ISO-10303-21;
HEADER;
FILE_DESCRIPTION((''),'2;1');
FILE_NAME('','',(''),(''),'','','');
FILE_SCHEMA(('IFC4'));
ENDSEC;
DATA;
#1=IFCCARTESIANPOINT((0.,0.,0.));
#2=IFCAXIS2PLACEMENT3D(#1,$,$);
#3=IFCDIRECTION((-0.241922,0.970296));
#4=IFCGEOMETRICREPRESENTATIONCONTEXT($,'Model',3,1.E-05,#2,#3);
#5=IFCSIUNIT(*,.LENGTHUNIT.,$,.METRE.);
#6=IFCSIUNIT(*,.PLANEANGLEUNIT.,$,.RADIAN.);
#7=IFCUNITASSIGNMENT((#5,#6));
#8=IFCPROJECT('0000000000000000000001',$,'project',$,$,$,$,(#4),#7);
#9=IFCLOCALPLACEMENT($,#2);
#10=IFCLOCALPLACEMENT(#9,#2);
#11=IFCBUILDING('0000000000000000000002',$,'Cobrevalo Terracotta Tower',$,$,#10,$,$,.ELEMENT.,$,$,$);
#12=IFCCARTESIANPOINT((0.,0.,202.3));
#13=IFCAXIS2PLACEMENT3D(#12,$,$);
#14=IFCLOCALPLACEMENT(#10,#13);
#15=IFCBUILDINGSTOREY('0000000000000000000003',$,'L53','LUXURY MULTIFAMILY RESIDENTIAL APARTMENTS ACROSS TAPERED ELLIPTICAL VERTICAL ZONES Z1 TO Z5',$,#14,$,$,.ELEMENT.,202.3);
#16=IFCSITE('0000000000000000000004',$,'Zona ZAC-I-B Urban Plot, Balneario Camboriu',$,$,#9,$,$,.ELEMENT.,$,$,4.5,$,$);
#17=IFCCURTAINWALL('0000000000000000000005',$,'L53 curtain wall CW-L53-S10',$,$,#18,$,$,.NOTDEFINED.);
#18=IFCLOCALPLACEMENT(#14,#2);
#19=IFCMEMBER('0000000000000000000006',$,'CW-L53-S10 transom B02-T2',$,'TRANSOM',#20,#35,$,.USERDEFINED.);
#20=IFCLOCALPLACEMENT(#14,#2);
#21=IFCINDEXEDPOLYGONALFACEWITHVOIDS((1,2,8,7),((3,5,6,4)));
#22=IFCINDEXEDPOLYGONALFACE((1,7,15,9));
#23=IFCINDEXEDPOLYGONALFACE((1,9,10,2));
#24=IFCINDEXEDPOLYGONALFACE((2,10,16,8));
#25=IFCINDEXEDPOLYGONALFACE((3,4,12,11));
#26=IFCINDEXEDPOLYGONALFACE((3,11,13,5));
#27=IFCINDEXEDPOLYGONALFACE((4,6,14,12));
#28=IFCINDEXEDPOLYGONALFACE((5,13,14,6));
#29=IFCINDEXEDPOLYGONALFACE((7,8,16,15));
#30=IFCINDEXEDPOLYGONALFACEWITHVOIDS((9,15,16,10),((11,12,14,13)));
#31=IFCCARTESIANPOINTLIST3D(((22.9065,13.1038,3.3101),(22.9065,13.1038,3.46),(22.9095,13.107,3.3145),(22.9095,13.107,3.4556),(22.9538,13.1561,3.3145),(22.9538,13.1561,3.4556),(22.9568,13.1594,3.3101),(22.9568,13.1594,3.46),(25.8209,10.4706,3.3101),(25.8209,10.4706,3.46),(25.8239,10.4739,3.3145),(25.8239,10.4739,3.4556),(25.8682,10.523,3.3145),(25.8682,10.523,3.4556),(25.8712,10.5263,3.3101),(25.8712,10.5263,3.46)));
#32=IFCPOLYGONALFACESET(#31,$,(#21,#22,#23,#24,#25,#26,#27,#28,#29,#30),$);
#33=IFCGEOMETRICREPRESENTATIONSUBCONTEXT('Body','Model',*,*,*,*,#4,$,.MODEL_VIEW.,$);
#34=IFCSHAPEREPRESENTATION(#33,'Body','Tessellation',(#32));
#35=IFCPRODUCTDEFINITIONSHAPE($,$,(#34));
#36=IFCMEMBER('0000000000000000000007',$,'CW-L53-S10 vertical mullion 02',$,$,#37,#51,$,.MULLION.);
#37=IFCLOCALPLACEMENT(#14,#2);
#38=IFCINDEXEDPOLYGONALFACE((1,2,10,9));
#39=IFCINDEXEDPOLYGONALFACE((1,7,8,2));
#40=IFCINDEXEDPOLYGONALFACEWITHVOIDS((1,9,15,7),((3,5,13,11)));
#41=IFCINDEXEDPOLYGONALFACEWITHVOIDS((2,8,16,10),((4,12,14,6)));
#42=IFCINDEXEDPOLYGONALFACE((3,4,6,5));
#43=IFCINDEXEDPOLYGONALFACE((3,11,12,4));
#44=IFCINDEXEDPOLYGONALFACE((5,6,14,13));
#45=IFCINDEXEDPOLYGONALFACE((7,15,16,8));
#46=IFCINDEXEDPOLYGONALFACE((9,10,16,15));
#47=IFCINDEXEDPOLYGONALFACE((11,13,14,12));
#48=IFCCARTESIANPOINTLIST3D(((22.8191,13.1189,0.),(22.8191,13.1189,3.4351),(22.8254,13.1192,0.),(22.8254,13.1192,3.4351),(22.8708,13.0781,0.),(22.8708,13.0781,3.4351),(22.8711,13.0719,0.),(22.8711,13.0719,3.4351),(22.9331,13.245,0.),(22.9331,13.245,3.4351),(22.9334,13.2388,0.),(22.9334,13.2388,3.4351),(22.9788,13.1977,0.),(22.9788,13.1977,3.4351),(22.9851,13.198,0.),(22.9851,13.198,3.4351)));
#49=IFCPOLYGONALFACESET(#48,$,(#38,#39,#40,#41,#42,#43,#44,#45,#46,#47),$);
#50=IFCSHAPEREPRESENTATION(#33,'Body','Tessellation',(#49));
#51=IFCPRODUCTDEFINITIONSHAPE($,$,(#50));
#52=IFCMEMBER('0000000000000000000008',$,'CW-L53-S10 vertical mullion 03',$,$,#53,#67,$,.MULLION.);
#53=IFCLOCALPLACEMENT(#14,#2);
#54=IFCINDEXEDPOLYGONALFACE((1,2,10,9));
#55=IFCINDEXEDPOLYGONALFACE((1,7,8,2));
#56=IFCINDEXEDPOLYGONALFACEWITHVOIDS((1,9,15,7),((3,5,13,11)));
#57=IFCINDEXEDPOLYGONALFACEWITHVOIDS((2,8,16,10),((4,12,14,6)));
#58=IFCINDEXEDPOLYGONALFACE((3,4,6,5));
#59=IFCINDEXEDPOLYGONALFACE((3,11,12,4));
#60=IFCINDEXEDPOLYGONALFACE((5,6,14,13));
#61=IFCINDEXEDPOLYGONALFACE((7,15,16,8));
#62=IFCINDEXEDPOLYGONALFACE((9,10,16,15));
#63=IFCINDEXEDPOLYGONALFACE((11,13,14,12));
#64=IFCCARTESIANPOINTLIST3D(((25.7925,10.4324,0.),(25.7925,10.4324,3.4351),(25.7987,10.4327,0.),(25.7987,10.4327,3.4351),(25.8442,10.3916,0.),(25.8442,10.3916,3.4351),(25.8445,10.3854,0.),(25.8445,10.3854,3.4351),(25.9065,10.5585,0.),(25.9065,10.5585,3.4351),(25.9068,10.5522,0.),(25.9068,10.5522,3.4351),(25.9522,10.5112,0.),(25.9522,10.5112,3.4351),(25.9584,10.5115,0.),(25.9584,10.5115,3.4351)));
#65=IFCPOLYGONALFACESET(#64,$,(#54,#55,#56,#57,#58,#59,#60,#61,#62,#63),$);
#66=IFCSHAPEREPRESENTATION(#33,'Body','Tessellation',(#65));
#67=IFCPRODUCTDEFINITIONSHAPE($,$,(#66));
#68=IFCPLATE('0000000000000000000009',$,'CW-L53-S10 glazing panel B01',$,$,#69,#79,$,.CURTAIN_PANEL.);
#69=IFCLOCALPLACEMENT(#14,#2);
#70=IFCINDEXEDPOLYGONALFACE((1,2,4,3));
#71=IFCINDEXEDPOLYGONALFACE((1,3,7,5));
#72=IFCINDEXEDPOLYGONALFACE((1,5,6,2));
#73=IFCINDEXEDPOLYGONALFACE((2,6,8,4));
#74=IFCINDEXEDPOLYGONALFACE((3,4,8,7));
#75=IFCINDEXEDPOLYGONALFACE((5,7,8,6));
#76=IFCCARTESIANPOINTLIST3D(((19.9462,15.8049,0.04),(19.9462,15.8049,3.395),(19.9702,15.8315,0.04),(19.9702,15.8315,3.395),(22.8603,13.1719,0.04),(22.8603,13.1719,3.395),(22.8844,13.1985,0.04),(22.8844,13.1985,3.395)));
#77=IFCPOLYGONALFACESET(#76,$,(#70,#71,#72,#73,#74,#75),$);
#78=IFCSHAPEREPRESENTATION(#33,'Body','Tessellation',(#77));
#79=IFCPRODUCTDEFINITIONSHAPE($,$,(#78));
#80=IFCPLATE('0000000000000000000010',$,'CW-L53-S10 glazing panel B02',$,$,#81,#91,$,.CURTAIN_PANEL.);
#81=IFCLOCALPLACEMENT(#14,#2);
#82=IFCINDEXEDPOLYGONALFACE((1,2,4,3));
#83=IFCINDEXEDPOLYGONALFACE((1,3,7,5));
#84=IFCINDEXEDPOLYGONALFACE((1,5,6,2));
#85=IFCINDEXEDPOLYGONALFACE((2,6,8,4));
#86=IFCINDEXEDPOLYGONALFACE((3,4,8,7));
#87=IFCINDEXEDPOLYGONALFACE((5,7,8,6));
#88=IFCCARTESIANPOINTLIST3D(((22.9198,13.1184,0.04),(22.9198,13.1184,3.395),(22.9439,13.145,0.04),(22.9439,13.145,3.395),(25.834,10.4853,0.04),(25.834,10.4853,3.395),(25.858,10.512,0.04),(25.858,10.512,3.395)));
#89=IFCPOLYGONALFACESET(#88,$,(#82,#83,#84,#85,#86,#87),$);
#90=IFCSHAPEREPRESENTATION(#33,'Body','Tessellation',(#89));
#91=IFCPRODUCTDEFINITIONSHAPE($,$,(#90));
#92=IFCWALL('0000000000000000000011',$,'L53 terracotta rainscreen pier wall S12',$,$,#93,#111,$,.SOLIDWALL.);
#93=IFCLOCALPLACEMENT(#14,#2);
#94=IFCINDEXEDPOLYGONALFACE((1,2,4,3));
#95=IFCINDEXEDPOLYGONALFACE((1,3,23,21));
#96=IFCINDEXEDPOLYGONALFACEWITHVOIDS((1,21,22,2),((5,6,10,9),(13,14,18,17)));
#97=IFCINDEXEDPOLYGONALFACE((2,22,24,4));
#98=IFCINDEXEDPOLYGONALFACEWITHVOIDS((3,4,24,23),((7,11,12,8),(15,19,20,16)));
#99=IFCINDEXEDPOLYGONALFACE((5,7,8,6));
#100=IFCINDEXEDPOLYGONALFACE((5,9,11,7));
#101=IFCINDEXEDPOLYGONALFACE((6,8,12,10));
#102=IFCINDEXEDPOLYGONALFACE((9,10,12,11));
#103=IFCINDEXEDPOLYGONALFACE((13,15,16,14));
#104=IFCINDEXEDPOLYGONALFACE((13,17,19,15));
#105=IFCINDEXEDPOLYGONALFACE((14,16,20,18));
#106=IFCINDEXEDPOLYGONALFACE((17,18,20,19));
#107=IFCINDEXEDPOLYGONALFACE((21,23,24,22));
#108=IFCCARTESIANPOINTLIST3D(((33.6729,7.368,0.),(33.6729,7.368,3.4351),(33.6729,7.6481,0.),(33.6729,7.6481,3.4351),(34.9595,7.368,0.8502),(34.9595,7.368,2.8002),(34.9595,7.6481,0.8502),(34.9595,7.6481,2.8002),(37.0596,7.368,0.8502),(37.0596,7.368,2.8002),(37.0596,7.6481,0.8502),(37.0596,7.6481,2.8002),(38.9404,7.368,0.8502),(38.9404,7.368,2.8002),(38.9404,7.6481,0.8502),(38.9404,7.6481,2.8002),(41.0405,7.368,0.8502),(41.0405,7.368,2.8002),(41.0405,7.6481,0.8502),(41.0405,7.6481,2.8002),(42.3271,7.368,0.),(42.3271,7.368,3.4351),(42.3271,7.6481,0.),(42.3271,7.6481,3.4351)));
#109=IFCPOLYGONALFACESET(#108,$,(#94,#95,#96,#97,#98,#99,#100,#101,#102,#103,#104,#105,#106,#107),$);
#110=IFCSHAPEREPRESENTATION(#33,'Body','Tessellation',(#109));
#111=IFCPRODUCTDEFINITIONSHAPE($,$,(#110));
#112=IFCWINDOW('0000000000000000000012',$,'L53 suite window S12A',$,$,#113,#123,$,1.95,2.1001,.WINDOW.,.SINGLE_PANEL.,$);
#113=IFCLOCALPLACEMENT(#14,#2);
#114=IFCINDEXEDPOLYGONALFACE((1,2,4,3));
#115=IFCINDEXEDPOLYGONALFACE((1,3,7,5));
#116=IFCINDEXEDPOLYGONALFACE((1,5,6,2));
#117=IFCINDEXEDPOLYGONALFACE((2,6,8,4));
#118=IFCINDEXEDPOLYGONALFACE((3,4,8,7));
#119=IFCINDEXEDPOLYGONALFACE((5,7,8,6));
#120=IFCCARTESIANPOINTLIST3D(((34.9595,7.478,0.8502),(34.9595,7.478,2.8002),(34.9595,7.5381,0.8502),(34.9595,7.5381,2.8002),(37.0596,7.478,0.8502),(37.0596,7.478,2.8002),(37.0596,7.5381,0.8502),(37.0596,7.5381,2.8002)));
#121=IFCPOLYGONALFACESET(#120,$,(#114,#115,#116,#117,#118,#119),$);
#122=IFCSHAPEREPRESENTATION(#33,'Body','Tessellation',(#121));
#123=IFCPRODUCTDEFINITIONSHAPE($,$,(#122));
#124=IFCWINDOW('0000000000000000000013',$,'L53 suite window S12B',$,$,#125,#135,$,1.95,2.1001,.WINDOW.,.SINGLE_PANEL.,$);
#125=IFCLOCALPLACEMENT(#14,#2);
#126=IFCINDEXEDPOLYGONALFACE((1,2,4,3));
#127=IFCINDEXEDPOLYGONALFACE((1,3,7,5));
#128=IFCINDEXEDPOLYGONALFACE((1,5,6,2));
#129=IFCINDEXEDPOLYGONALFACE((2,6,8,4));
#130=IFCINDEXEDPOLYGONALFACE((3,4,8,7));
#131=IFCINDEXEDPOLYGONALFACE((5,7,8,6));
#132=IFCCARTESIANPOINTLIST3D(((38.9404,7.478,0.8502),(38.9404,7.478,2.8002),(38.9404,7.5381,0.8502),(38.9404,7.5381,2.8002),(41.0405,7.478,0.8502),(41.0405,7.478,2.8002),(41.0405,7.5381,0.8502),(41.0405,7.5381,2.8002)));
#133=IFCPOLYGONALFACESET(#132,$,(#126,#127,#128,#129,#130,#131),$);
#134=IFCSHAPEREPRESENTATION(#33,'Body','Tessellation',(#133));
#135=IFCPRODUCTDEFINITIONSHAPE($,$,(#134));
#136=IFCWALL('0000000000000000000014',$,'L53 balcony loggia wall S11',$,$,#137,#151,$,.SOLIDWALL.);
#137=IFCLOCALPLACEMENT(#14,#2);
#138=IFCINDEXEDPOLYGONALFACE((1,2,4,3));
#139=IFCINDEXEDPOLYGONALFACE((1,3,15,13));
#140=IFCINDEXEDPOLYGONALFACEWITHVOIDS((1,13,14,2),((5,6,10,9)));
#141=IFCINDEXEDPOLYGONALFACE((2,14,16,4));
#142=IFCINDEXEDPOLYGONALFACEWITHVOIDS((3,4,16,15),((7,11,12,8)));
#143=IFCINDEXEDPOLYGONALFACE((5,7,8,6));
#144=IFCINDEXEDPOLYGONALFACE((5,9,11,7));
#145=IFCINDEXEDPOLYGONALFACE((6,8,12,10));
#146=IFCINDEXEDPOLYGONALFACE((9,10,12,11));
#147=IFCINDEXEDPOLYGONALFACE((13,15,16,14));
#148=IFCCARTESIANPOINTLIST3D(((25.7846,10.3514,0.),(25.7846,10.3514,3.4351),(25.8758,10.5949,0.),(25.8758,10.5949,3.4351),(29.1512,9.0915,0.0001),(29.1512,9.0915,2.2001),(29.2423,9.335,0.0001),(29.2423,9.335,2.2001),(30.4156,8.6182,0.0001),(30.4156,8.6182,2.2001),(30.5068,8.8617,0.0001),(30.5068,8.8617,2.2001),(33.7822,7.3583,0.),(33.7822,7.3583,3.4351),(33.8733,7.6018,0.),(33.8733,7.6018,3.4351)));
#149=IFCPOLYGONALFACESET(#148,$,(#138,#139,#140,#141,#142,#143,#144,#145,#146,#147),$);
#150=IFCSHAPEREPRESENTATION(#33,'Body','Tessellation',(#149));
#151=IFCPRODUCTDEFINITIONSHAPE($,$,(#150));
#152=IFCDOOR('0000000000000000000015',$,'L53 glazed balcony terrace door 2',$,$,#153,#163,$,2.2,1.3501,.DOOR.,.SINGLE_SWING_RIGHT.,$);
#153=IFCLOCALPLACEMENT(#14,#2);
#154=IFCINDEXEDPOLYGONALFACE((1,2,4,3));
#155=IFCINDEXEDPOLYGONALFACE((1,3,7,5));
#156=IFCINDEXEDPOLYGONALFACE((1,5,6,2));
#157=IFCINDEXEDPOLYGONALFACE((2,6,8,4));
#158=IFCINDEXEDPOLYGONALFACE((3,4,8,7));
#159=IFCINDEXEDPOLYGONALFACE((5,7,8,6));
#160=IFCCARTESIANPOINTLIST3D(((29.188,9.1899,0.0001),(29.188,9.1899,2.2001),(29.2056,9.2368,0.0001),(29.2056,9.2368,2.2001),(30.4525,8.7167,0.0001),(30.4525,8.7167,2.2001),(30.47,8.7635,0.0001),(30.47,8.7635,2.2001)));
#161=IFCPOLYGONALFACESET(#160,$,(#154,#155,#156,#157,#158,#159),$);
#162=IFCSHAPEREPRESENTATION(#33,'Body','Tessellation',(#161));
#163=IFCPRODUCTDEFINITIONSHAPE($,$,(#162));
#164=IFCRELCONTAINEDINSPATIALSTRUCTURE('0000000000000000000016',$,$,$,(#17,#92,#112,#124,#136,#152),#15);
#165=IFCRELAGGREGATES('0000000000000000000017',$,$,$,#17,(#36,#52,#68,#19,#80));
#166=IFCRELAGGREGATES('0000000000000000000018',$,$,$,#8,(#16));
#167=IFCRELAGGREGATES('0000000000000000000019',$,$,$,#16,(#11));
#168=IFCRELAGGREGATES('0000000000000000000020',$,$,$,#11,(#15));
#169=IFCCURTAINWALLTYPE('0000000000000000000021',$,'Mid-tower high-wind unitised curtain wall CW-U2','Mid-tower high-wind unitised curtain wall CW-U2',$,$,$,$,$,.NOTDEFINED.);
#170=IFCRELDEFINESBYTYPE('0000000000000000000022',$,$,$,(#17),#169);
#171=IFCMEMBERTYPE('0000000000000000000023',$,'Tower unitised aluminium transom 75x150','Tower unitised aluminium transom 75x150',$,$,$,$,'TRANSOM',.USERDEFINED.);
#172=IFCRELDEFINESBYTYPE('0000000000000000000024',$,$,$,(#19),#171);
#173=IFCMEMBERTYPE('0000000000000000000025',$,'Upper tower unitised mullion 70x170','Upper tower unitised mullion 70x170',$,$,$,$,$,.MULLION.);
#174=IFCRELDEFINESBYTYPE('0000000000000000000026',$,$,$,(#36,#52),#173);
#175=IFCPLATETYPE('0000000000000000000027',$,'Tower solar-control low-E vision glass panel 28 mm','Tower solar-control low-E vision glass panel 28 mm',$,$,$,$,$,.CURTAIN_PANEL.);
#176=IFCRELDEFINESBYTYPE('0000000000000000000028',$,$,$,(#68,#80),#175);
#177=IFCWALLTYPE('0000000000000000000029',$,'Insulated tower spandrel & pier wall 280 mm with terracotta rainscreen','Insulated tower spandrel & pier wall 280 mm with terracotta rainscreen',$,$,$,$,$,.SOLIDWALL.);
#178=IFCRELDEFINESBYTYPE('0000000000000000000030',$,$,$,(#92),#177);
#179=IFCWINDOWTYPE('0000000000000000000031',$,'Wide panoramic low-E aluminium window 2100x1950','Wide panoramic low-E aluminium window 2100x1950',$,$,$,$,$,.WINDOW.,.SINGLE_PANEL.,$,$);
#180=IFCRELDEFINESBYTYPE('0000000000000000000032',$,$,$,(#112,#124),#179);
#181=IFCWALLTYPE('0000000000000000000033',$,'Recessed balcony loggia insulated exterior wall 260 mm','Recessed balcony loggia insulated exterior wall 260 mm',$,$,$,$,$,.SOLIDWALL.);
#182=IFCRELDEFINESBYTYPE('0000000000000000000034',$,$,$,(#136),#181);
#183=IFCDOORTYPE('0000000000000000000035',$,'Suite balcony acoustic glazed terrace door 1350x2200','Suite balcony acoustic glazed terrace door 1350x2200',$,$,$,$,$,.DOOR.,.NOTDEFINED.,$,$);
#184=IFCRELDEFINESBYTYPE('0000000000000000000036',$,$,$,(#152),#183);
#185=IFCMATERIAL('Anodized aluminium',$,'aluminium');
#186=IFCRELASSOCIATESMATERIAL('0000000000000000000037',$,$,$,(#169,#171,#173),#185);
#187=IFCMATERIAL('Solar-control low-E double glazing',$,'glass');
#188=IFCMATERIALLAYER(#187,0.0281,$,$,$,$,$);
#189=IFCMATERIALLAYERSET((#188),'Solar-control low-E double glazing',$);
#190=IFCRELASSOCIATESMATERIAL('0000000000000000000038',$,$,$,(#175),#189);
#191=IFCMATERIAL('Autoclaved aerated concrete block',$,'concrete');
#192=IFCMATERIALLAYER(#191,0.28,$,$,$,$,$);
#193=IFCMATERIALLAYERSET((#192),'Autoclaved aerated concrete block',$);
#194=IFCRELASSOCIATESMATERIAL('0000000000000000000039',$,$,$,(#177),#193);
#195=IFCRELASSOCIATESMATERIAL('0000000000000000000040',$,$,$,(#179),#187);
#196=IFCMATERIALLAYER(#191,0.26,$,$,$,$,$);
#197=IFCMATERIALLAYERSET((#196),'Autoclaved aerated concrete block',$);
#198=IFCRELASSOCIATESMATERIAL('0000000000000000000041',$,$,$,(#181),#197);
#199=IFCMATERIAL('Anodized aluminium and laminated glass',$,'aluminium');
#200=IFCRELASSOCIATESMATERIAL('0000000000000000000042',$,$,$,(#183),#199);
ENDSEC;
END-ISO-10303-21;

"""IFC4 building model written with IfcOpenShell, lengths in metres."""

from ifc_helpers import new_model, si_unit, direction, frame, frame_2d, origin, origin_2d, place, context, subcontext, project, spatial, rectangle, hollow_rectangle, extrude, source, transform, mapped, material, layer, layer_set, material_profile, profile_set, type_object, element, fill, aggregate, save


model = new_model("IFC4")

# Units and contexts
model_context = context("Model", 3, precision=1e-05, world=origin(), true_north=direction((-0.241922, 0.970296)))
body_context = subcontext(model_context, "Body", "Model", "MODEL_VIEW")
ifc_project = project(units=[si_unit("LENGTHUNIT", "METRE"), si_unit("PLANEANGLEUNIT", "RADIAN")], contexts=[model_context])

# Site, building, storey
site_placement = place(None, origin())
site = spatial("IfcSite", under=ifc_project, at=site_placement, Name="Zona ZAC-I-B Urban Plot, Balneario Camboriu", CompositionType="ELEMENT", RefElevation=4.5)
building_placement = place(site_placement, origin())
building = spatial("IfcBuilding", under=site, at=building_placement, Name="Cobrevalo Terracotta Tower", CompositionType="ELEMENT")
storey_placement = place(building_placement, frame((0.0, 0.0, 202.3)))
storey = spatial("IfcBuildingStorey", under=building, at=storey_placement, Name="L53", Description="LUXURY MULTIFAMILY RESIDENTIAL APARTMENTS ACROSS TAPERED ELLIPTICAL VERTICAL ZONES Z1 TO Z5", CompositionType="ELEMENT", Elevation=202.3)

# Curtain wall, members, plates
ifc_material_1 = material(Name="Anodized aluminium", Category="aluminium")
curtain_wall_type = type_object("IfcCurtainWallType", Name="Mid-tower high-wind unitised curtain wall CW-U2", Description="Mid-tower high-wind unitised curtain wall CW-U2", PredefinedType="NOTDEFINED", material=ifc_material_1)
curtain_wall_placement = place(storey_placement, origin())
curtain_wall = element("IfcCurtainWall", 1, at=curtain_wall_placement, inside=storey, type_object=curtain_wall_type, Name="L53 curtain wall CW-L53-S10", PredefinedType="NOTDEFINED")
ifc_material_profile_1 = material_profile(ifc_material_1, hollow_rectangle(XDim=0.075, YDim=0.1499, WallThickness=0.0044, at=origin_2d()), Name="CWT 75x150")
ifc_profile_set_1 = profile_set([ifc_material_profile_1], Name="Anodized aluminium")
member_type_1 = type_object("IfcMemberType", Name="Tower unitised aluminium transom 75x150", Description="Tower unitised aluminium transom 75x150", ElementType="TRANSOM", PredefinedType="USERDEFINED", material=ifc_profile_set_1)
shared_shape_1 = source(origin(), body_context, "Body", "SweptSolid", [
    extrude(hollow_rectangle(XDim=0.075, YDim=0.1499, WallThickness=0.0044, at=origin_2d()), origin(), (0.0, 0.0, 1.0), 3.9277),
])
member_1_placement = place(storey_placement, frame((22.9316, 13.1316, 3.385), z_axis=(0.742004, -0.670396, 0.0), x_axis=(0.670396, 0.742004, 0.0)))
member_1 = element("IfcMember", 2, at=member_1_placement, type_object=member_type_1, Name="CW-L53-S10 transom B02-T2", ObjectType="TRANSOM", PredefinedType="USERDEFINED", context=body_context, shape_type="MappedRepresentation", body=[
    mapped(shared_shape_1, transform((0.0, 0.0, 0.0), scale=1.0)),
])
ifc_material_profile_2 = material_profile(ifc_material_1, hollow_rectangle(XDim=0.0701, YDim=0.1699, WallThickness=0.0044, at=origin_2d()), Name="CWM 70x170")
ifc_profile_set_2 = profile_set([ifc_material_profile_2], Name="Anodized aluminium")
member_type_2 = type_object("IfcMemberType", Name="Upper tower unitised mullion 70x170", Description="Upper tower unitised mullion 70x170", PredefinedType="MULLION", material=ifc_profile_set_2)
shared_shape_2 = source(origin(), body_context, "Body", "SweptSolid", [
    extrude(hollow_rectangle(XDim=0.0701, YDim=0.1699, WallThickness=0.0044, at=origin_2d()), origin(), (0.0, 0.0, 1.0), 3.4351),
])
member_2_placement = place(storey_placement, frame((22.9021, 13.1584, 0.0), z_axis=(0.0, 0.0, 1.0), x_axis=(0.741988, -0.670414, 0.0)))
member_2 = element("IfcMember", 3, at=member_2_placement, type_object=member_type_2, Name="CW-L53-S10 vertical mullion 02", PredefinedType="MULLION", context=body_context, shape_type="MappedRepresentation", body=[
    mapped(shared_shape_2, transform((0.0, 0.0, 0.0), scale=1.0)),
])
member_3_placement = place(storey_placement, frame((25.8755, 10.4719, 0.0), z_axis=(0.0, 0.0, 1.0), x_axis=(0.741988, -0.670414, 0.0)))
member_3 = element("IfcMember", 4, at=member_3_placement, type_object=member_type_2, Name="CW-L53-S10 vertical mullion 03", PredefinedType="MULLION", context=body_context, shape_type="MappedRepresentation", body=[
    mapped(shared_shape_2, transform((0.0, 0.0, 0.0), scale=1.0)),
])
ifc_material_2 = material(Name="Solar-control low-E double glazing", Category="glass")
ifc_layer_1 = layer(ifc_material_2, 0.0281)
ifc_layer_set_1 = layer_set([ifc_layer_1], Name="Solar-control low-E double glazing")
plate_type = type_object("IfcPlateType", Name="Tower solar-control low-E vision glass panel 28 mm", Description="Tower solar-control low-E vision glass panel 28 mm", PredefinedType="CURTAIN_PANEL", material=ifc_layer_set_1)
shared_shape_3 = source(origin(), body_context, "Body", "SweptSolid", [
    extrude(rectangle(XDim=3.9275, YDim=0.0359, at=origin_2d()), origin(), (0.0, 0.0, 1.0), 3.355),
])
plate_1_placement = place(storey_placement, frame((21.4153, 14.5017, 0.04), z_axis=(0.0, 0.0, 1.0), x_axis=(0.741988, -0.670414, 0.0)))
plate_1 = element("IfcPlate", 5, at=plate_1_placement, type_object=plate_type, Name="CW-L53-S10 glazing panel B01", PredefinedType="CURTAIN_PANEL", context=body_context, shape_type="MappedRepresentation", body=[
    mapped(shared_shape_3, transform((0.0, 0.0, 0.0), scale=1.0)),
])
plate_2_placement = place(storey_placement, frame((24.3889, 11.8152, 0.04), z_axis=(0.0, 0.0, 1.0), x_axis=(0.741988, -0.670414, 0.0)))
plate_2 = element("IfcPlate", 6, at=plate_2_placement, type_object=plate_type, Name="CW-L53-S10 glazing panel B02", PredefinedType="CURTAIN_PANEL", context=body_context, shape_type="MappedRepresentation", body=[
    mapped(shared_shape_3, transform((0.0, 0.0, 0.0), scale=1.0)),
])
aggregate(curtain_wall, [member_2, member_3, plate_1, member_1, plate_2])

# Wall, openings, windows
ifc_material_3 = material(Name="Autoclaved aerated concrete block", Category="concrete")
ifc_layer_2 = layer(ifc_material_3, 0.28)
ifc_layer_set_2 = layer_set([ifc_layer_2], Name="Autoclaved aerated concrete block")
wall_type_1 = type_object("IfcWallType", Name="Insulated tower spandrel & pier wall 280 mm with terracotta rainscreen", Description="Insulated tower spandrel & pier wall 280 mm with terracotta rainscreen", PredefinedType="SOLIDWALL", material=ifc_layer_set_2)
wall_1_placement = place(storey_placement, frame((33.6729, 7.5081, 0.0), z_axis=(0.0, 0.0, 1.0), x_axis=(1.0, 0.0, 0.0)))
wall_1 = element("IfcWall", 7, at=wall_1_placement, inside=storey, type_object=wall_type_1, Name="L53 terracotta rainscreen pier wall S12", PredefinedType="SOLIDWALL", context=body_context, shape_type="SweptSolid", body=[
    extrude(rectangle(XDim=8.6543, YDim=0.28, at=frame_2d((4.3271, 0.0))), origin(), (0.0, 0.0, 1.0), 3.4351),
])
opening_1_placement = place(wall_1_placement, frame((1.2866, 0.0, 0.8501)))
opening_1 = element("IfcOpeningElement", 8, at=opening_1_placement, cuts=wall_1, PredefinedType="OPENING", context=body_context, shape_type="SweptSolid", body=[
    extrude(rectangle(XDim=2.1001, YDim=1.95, at=frame_2d((1.05, 0.9751))), frame((0.0, 0.1499, 0.0), z_axis=(0.0, -1.0, 0.0), x_axis=(1.0, 0.0, 0.0)), (0.0, 0.0, 1.0), 0.3),
])
opening_2_placement = place(wall_1_placement, frame((5.2676, 0.0, 0.8501)))
opening_2 = element("IfcOpeningElement", 9, at=opening_2_placement, cuts=wall_1, PredefinedType="OPENING", context=body_context, shape_type="SweptSolid", body=[
    extrude(rectangle(XDim=2.1001, YDim=1.95, at=frame_2d((1.05, 0.9751))), frame((0.0, 0.1499, 0.0), z_axis=(0.0, -1.0, 0.0), x_axis=(1.0, 0.0, 0.0)), (0.0, 0.0, 1.0), 0.3),
])
window_type = type_object("IfcWindowType", Name="Wide panoramic low-E aluminium window 2100x1950", Description="Wide panoramic low-E aluminium window 2100x1950", PartitioningType="SINGLE_PANEL", PredefinedType="WINDOW", material=ifc_material_2)
shared_shape_4 = source(origin(), body_context, "Body", "SweptSolid", [
    extrude(rectangle(XDim=2.1001, YDim=1.95, at=frame_2d((1.05, 0.9751))), frame((0.0, 0.03, 0.0), z_axis=(0.0, -1.0, 0.0), x_axis=(1.0, 0.0, 0.0)), (0.0, 0.0, 1.0), 0.0601),
])
window_1_placement = place(opening_1_placement, origin())
window_1 = element("IfcWindow", 10, at=window_1_placement, inside=storey, type_object=window_type, Name="L53 suite window S12A", OverallHeight=1.95, OverallWidth=2.1001, PartitioningType="SINGLE_PANEL", PredefinedType="WINDOW", context=body_context, shape_type="MappedRepresentation", body=[
    mapped(shared_shape_4, transform((0.0, 0.0, 0.0), scale=1.0)),
])
fill(opening_1, window_1)
window_2_placement = place(opening_2_placement, origin())
window_2 = element("IfcWindow", 11, at=window_2_placement, inside=storey, type_object=window_type, Name="L53 suite window S12B", OverallHeight=1.95, OverallWidth=2.1001, PartitioningType="SINGLE_PANEL", PredefinedType="WINDOW", context=body_context, shape_type="MappedRepresentation", body=[
    mapped(shared_shape_4, transform((0.0, 0.0, 0.0), scale=1.0)),
])
fill(opening_2, window_2)

# Wall, opening, door
ifc_layer_3 = layer(ifc_material_3, 0.26)
ifc_layer_set_3 = layer_set([ifc_layer_3], Name="Autoclaved aerated concrete block")
wall_type_2 = type_object("IfcWallType", Name="Recessed balcony loggia insulated exterior wall 260 mm", Description="Recessed balcony loggia insulated exterior wall 260 mm", PredefinedType="SOLIDWALL", material=ifc_layer_set_3)
wall_2_placement = place(storey_placement, frame((25.8303, 10.4731, 0.0), z_axis=(0.0, 0.0, 1.0), x_axis=(0.936557, -0.350516, 0.0)))
wall_2 = element("IfcWall", 12, at=wall_2_placement, inside=storey, type_object=wall_type_2, Name="L53 balcony loggia wall S11", PredefinedType="SOLIDWALL", context=body_context, shape_type="SweptSolid", body=[
    extrude(rectangle(XDim=8.5393, YDim=0.26, at=frame_2d((4.2695, 0.0))), origin(), (0.0, 0.0, 1.0), 3.4351),
])
opening_3_placement = place(wall_2_placement, frame((3.5945, 0.0, 0.0)))
opening_3 = element("IfcOpeningElement", 13, at=opening_3_placement, cuts=wall_2, PredefinedType="OPENING", context=body_context, shape_type="SweptSolid", body=[
    extrude(rectangle(XDim=1.3501, YDim=2.2, at=frame_2d((0.675, 1.1001))), frame((0.0, 0.1401, 0.0), z_axis=(0.0, -1.0, 0.0), x_axis=(1.0, 0.0, 0.0)), (0.0, 0.0, 1.0), 0.28),
])
ifc_material_4 = material(Name="Anodized aluminium and laminated glass", Category="aluminium")
door_type_1 = type_object("IfcDoorType", Name="Suite balcony acoustic glazed terrace door 1350x2200", Description="Suite balcony acoustic glazed terrace door 1350x2200", OperationType="NOTDEFINED", PredefinedType="DOOR", material=ifc_material_4)
shared_shape_5 = source(origin(), body_context, "Body", "SweptSolid", [
    extrude(rectangle(XDim=1.3501, YDim=2.2, at=frame_2d((0.675, 1.1001))), frame((0.0, 0.0249, 0.0), z_axis=(0.0, -1.0, 0.0), x_axis=(1.0, 0.0, 0.0)), (0.0, 0.0, 1.0), 0.05),
])
door_1_placement = place(opening_3_placement, frame((1.3501, 0.0, 0.0), z_axis=(0.0, 0.0, 1.0), x_axis=(-1.0, 0.0, 0.0)))
door_1 = element("IfcDoor", 14, at=door_1_placement, inside=storey, type_object=door_type_1, Name="L53 glazed balcony terrace door 2", OperationType="SINGLE_SWING_RIGHT", OverallHeight=2.2, OverallWidth=1.3501, PredefinedType="DOOR", context=body_context, shape_type="MappedRepresentation", body=[
    mapped(shared_shape_5, transform((0.0, 0.0, 0.0), scale=1.0)),
])
fill(opening_3, door_1)

save(model, "model.ifc")
